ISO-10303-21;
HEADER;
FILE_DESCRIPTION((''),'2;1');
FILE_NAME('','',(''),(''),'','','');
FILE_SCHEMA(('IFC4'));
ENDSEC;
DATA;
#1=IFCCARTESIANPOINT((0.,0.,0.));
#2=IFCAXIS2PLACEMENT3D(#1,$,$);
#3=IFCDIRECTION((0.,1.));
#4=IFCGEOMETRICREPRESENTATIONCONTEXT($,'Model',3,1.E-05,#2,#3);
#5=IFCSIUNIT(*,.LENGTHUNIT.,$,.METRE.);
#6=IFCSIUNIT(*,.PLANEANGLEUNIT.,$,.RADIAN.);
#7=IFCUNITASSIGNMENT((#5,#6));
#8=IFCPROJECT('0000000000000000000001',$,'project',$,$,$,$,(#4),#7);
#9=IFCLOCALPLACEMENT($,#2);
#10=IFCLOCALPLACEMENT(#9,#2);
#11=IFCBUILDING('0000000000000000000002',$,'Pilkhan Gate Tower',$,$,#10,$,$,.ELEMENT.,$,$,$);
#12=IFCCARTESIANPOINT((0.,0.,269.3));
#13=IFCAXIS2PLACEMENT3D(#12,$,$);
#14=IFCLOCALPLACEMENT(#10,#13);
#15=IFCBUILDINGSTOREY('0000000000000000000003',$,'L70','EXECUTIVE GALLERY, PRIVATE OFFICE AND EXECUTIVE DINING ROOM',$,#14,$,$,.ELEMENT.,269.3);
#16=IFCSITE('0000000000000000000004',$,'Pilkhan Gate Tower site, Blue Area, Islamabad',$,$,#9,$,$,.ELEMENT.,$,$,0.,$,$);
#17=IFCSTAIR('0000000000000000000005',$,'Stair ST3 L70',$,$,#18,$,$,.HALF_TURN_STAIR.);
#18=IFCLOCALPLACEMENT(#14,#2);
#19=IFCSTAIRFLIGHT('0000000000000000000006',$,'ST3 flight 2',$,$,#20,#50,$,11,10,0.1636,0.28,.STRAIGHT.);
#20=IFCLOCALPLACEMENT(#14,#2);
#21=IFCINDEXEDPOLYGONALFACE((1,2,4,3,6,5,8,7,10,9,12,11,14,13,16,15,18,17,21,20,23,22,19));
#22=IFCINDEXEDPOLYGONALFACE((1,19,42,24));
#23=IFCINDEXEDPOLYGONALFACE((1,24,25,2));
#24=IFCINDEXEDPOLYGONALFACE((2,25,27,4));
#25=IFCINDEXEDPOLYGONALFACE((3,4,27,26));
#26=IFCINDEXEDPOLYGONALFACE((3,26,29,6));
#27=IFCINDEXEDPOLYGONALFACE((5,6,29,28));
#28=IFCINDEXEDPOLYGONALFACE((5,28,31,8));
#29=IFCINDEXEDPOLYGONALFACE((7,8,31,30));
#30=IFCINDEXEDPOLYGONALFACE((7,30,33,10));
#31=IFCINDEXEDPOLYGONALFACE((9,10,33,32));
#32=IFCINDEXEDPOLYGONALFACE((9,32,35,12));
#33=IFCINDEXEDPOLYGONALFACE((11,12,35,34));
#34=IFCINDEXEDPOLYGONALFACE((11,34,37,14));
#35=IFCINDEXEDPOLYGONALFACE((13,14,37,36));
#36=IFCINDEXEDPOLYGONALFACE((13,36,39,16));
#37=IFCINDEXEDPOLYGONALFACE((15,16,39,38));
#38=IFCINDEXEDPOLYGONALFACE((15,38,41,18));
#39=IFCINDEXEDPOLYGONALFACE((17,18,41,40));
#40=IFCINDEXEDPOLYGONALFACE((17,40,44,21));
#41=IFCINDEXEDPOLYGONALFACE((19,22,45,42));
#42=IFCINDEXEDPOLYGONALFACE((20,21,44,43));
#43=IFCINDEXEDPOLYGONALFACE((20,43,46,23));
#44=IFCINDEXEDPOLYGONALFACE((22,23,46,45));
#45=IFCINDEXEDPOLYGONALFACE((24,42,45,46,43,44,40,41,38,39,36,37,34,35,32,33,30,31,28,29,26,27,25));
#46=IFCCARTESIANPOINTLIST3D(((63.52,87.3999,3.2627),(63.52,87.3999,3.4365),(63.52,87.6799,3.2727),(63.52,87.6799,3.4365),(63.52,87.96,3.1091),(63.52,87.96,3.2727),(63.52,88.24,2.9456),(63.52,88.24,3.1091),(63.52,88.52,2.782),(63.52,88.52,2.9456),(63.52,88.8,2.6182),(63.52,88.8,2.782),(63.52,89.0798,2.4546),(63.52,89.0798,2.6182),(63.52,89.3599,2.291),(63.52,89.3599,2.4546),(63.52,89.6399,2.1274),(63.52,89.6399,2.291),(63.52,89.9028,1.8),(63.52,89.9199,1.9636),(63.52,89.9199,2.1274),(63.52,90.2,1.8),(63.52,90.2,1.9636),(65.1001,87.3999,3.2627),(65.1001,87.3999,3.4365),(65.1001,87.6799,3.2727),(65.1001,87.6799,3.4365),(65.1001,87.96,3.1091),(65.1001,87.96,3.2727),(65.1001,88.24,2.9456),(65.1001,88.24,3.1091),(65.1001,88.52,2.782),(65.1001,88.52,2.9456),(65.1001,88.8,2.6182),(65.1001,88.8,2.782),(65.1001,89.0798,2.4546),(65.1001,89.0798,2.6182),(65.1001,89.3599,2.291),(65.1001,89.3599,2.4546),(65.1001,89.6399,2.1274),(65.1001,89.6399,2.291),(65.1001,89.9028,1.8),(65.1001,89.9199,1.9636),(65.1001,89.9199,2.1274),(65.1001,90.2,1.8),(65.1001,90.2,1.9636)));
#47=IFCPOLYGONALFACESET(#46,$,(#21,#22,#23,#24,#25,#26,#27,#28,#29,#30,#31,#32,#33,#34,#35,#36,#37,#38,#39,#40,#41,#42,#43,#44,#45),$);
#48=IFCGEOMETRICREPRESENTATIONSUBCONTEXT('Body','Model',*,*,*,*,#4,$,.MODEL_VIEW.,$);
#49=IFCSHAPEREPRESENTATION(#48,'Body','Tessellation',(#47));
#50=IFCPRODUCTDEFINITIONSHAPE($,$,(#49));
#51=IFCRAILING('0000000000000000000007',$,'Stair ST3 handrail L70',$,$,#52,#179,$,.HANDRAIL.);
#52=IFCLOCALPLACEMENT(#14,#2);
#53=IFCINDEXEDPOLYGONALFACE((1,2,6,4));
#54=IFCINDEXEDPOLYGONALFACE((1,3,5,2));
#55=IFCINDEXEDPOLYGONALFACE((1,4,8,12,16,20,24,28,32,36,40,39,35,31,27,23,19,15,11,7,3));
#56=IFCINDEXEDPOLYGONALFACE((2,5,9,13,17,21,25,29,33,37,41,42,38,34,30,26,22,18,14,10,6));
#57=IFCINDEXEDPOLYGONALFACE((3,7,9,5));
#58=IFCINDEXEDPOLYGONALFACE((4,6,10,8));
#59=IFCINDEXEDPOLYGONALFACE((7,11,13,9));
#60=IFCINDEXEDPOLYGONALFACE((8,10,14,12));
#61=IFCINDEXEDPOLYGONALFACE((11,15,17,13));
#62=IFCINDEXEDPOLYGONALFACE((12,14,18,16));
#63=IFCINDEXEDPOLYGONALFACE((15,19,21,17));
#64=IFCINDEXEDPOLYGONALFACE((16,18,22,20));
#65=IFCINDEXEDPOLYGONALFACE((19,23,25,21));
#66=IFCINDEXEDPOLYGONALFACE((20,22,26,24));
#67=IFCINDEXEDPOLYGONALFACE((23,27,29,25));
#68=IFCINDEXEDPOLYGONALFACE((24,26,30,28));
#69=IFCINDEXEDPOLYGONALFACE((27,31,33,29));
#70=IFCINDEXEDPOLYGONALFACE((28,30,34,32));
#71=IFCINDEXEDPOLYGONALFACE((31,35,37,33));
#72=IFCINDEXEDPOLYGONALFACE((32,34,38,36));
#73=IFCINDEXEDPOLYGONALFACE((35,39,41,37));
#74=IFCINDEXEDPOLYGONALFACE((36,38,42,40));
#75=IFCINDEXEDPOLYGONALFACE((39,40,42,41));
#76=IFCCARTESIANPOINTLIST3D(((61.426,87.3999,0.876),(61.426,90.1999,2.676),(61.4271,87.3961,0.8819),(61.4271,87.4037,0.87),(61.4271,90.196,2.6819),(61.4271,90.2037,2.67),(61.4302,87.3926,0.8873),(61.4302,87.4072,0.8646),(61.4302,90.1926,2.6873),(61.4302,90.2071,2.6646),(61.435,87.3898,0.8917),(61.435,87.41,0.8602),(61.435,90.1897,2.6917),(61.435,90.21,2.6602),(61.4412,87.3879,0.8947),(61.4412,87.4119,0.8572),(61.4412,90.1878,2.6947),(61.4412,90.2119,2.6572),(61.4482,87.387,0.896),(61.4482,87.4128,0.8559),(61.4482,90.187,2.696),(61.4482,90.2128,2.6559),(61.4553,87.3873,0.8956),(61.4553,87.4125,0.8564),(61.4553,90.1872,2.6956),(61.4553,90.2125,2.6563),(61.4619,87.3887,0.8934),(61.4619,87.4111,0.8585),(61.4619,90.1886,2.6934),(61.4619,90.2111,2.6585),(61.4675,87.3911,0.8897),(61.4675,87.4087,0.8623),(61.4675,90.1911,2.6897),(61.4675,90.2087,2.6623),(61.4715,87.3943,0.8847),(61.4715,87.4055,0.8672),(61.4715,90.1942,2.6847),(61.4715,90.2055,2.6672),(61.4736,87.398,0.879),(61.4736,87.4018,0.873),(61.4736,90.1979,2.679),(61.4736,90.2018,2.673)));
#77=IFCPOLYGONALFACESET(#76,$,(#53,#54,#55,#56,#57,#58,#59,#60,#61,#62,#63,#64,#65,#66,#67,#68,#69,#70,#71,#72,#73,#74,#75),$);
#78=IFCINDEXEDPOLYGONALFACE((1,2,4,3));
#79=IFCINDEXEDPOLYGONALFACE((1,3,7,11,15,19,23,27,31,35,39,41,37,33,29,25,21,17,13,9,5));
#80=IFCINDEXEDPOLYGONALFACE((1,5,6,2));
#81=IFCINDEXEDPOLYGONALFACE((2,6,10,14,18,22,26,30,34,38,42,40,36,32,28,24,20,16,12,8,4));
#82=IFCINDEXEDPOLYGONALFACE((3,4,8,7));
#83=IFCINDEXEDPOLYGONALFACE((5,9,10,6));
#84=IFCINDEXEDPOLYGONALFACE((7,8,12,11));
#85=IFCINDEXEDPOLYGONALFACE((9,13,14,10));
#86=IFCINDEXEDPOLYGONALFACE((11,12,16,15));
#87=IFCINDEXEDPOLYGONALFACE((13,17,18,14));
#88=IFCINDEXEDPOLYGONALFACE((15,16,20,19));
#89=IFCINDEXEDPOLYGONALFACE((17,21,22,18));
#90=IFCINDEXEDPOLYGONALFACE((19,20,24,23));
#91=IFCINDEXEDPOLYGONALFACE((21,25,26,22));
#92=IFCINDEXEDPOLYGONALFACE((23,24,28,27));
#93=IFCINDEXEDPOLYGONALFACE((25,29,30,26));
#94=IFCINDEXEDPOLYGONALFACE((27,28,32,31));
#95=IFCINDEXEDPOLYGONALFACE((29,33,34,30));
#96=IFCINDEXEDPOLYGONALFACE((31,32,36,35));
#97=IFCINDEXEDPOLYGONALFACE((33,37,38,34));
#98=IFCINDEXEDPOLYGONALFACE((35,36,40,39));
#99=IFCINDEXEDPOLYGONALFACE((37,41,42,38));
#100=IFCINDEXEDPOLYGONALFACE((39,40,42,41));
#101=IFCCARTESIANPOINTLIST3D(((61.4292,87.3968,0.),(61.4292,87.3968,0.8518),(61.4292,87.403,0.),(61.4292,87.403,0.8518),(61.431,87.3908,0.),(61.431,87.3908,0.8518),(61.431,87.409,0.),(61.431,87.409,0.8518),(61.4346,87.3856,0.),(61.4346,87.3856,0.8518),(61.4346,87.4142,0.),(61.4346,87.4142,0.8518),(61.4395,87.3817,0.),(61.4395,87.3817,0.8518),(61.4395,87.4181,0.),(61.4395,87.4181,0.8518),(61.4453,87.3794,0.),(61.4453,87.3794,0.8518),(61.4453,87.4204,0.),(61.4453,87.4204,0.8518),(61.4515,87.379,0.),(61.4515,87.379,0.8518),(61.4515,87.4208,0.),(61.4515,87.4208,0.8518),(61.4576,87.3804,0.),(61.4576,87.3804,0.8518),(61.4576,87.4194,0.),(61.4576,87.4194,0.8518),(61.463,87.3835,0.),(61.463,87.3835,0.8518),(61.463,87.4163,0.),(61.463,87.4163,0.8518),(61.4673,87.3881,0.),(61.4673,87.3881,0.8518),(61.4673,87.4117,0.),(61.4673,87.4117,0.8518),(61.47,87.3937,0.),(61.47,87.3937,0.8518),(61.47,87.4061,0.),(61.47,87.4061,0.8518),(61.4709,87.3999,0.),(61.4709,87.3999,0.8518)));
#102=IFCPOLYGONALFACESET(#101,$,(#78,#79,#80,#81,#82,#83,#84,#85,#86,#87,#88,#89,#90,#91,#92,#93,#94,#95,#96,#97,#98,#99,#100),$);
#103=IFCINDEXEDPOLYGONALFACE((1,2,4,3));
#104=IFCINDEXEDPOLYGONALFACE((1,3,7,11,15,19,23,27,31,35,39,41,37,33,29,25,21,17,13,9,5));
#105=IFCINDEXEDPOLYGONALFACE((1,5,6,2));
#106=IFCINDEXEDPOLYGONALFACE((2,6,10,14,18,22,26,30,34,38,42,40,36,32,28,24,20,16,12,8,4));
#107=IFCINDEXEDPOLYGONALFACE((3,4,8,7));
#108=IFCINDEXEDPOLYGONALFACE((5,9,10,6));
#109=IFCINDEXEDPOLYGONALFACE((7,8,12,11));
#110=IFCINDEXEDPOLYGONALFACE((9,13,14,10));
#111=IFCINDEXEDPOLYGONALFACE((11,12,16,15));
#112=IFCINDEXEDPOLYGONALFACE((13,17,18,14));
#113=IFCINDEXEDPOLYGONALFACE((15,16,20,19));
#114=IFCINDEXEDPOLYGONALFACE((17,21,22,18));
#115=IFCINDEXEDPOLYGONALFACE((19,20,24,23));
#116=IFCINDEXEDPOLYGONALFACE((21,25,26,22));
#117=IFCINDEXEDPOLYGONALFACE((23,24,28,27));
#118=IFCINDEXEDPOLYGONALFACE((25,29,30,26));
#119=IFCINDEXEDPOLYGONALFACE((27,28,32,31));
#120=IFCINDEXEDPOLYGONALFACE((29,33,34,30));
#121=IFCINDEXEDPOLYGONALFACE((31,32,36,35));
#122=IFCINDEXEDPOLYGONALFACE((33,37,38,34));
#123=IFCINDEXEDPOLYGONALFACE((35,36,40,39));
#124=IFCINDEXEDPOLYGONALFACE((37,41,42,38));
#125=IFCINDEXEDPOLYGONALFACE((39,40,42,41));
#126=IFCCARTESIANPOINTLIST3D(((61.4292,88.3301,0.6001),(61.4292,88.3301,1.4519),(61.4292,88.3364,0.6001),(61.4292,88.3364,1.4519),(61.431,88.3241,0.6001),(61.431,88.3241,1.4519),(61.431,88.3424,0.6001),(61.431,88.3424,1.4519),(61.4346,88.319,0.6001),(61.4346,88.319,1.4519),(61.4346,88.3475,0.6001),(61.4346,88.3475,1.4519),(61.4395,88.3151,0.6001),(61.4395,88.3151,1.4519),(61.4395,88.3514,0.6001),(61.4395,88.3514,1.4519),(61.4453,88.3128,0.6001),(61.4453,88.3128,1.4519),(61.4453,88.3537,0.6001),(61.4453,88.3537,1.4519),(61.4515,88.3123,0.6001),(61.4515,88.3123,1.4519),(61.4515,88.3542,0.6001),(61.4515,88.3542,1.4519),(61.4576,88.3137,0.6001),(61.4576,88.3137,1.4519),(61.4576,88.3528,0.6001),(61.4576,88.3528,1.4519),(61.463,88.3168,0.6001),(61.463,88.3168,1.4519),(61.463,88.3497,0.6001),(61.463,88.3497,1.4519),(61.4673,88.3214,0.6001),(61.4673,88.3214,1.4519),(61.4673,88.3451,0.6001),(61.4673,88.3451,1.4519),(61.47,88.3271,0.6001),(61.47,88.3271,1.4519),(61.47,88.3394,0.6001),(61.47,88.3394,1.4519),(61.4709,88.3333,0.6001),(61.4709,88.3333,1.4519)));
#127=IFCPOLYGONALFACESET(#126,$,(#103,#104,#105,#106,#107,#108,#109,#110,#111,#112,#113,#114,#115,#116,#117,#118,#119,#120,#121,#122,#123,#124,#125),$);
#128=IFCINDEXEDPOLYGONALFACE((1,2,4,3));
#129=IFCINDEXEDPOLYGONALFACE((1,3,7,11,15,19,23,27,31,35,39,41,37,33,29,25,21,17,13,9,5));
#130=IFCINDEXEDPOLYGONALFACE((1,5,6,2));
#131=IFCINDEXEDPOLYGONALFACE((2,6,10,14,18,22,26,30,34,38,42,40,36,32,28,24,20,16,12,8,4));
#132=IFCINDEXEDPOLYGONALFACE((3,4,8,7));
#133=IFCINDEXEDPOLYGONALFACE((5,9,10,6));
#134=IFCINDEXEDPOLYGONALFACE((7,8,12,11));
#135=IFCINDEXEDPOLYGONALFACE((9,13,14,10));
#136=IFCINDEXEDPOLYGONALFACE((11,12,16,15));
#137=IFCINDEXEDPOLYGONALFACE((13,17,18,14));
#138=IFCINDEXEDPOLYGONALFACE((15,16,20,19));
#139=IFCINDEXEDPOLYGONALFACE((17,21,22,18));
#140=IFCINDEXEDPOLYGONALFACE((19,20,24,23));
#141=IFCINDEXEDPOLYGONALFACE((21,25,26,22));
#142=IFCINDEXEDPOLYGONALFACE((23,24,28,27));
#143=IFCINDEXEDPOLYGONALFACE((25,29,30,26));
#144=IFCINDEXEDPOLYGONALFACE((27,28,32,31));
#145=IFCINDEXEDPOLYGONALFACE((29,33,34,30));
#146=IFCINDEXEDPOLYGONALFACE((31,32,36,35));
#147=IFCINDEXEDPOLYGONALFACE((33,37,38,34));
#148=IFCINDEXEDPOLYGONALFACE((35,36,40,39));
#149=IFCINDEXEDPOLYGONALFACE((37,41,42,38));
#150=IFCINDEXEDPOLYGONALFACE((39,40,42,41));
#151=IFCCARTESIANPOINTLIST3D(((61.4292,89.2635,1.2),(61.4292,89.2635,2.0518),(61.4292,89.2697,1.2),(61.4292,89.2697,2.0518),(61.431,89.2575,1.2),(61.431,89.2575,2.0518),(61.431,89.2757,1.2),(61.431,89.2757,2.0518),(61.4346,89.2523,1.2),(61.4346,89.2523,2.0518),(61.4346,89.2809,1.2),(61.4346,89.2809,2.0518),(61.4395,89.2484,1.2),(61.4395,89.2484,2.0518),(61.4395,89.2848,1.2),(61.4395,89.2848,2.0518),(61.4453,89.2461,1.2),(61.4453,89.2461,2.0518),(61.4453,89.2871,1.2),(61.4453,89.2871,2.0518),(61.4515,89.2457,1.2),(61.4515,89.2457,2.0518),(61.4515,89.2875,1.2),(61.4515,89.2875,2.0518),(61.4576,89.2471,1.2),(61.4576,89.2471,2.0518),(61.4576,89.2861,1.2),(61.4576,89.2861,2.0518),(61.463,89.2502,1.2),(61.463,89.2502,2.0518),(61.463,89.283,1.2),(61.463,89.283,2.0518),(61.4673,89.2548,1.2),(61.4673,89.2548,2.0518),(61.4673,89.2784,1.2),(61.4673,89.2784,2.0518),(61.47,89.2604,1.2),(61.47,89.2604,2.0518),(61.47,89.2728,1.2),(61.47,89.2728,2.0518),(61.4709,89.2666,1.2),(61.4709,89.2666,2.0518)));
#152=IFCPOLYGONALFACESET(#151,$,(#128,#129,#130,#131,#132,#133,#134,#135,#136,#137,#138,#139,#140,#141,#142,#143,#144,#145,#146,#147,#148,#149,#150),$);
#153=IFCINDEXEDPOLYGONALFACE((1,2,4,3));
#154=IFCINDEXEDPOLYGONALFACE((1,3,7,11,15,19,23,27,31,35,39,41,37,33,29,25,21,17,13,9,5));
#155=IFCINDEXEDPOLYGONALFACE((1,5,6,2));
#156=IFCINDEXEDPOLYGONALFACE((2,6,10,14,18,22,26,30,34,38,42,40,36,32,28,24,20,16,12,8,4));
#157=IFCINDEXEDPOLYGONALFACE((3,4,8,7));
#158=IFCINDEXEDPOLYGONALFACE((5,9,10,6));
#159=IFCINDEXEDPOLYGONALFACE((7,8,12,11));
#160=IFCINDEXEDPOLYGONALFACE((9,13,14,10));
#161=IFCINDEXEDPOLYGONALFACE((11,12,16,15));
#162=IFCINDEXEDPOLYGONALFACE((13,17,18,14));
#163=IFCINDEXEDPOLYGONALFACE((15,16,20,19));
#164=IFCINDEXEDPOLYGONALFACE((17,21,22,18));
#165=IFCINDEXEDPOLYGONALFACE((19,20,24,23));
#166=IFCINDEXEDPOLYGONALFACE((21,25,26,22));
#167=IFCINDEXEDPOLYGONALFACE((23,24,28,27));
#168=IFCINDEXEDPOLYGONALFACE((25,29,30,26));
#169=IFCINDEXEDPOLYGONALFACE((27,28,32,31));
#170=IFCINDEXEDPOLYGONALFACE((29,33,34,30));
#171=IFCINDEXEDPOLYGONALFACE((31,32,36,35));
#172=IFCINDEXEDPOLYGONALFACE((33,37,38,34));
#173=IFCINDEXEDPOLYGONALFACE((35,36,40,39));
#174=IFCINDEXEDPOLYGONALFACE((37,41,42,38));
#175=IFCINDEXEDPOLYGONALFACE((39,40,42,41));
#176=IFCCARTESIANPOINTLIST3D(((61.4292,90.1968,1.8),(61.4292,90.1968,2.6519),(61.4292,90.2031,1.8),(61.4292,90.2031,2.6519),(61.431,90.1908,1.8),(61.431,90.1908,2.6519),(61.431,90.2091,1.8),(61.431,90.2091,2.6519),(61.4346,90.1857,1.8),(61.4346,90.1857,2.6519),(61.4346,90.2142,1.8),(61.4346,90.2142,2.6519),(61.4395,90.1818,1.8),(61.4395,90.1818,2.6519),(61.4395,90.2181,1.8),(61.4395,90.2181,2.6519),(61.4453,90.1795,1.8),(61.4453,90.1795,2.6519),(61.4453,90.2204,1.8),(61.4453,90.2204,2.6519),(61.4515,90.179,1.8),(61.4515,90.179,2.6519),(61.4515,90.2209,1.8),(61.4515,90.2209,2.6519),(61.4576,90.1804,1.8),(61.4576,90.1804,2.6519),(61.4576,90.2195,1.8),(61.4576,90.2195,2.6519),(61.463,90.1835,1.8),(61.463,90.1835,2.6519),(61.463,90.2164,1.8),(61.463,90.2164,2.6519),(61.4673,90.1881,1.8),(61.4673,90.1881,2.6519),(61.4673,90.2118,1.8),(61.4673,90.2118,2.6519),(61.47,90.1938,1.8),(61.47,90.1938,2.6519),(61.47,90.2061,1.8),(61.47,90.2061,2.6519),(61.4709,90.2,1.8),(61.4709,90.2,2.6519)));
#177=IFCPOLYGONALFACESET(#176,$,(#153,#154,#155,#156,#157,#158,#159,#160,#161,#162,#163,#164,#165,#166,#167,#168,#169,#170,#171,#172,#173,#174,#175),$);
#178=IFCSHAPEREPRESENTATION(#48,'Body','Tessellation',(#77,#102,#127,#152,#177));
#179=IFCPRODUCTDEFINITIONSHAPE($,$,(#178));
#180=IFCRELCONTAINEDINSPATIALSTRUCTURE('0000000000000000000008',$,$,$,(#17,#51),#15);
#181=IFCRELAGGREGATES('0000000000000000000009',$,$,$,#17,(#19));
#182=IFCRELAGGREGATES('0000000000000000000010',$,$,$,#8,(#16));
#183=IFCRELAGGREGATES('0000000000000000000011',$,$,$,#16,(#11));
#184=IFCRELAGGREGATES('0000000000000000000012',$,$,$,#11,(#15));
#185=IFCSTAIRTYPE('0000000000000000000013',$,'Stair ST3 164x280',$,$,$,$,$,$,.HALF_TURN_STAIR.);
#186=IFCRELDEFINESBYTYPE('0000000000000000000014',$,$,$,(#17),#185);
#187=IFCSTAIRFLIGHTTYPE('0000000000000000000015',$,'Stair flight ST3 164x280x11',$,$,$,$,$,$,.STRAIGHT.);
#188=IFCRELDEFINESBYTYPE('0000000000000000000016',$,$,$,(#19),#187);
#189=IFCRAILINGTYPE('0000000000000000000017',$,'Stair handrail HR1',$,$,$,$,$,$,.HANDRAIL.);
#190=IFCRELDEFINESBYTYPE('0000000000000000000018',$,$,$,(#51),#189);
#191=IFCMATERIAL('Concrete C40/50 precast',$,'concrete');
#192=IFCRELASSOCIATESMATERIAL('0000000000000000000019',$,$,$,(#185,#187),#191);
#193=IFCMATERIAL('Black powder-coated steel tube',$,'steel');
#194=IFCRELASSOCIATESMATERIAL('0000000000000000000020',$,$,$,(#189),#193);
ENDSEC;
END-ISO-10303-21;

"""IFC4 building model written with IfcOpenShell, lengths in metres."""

from ifc_helpers import new_model, si_unit, direction, frame, origin, origin_2d, place, context, subcontext, project, spatial, polyline, circle, outline, extrude, material, type_object, element, aggregate, save


model = new_model("IFC4")

# Units and contexts
model_context = context("Model", 3, precision=1e-05, world=origin(), true_north=direction((0.0, 1.0)))
body_context = subcontext(model_context, "Body", "Model", "MODEL_VIEW")
ifc_project = project(units=[si_unit("LENGTHUNIT", "METRE"), si_unit("PLANEANGLEUNIT", "RADIAN")], contexts=[model_context])

# Site, building, storey
site_placement = place(None, origin())
site = spatial("IfcSite", under=ifc_project, at=site_placement, Name="Pilkhan Gate Tower site, Blue Area, Islamabad", CompositionType="ELEMENT", RefElevation=0.0)
building_placement = place(site_placement, origin())
building = spatial("IfcBuilding", under=site, at=building_placement, Name="Pilkhan Gate Tower", CompositionType="ELEMENT")
storey_placement = place(building_placement, frame((0.0, 0.0, 269.3)))
storey = spatial("IfcBuildingStorey", under=building, at=storey_placement, Name="L70", Description="EXECUTIVE GALLERY, PRIVATE OFFICE AND EXECUTIVE DINING ROOM", CompositionType="ELEMENT", Elevation=269.3)

# Stair, stair flight
ifc_material_1 = material(Name="Concrete C40/50 precast", Category="concrete")
stair_type = type_object("IfcStairType", Name="Stair ST3 164x280", PredefinedType="HALF_TURN_STAIR", material=ifc_material_1)
stair_placement = place(storey_placement, origin())
stair = element("IfcStair", 1, at=stair_placement, inside=storey, type_object=stair_type, Name="Stair ST3 L70", PredefinedType="HALF_TURN_STAIR")
stair_flight_type = type_object("IfcStairFlightType", Name="Stair flight ST3 164x280x11", PredefinedType="STRAIGHT", material=ifc_material_1)
stair_flight_1_placement = place(storey_placement, frame((64.3101, 90.2, 1.8), z_axis=(0.0, 0.0, 1.0), x_axis=(0.0, -1.0, 0.0)))
stair_flight_1 = element("IfcStairFlight", 2, at=stair_flight_1_placement, type_object=stair_flight_type, Name="ST3 flight 2", NumberOfRisers=11, NumberOfTreads=10, PredefinedType="STRAIGHT", RiserHeight=0.1636, TreadLength=0.28, context=body_context, shape_type="SweptSolid", body=[
    extrude(outline(polyline([(0.0, 0.0), (0.0, 0.1636), (0.28, 0.1636), (0.28, 0.3274), (0.5601, 0.3274), (0.5601, 0.491), (0.8401, 0.491), (0.8401, 0.6545), (1.1201, 0.6545), (1.1201, 0.8181), (1.3999, 0.8181), (1.3999, 0.9819), (1.6799, 0.9819), (1.6799, 1.1455), (1.96, 1.1455), (1.96, 1.3091), (2.24, 1.3091), (2.24, 1.4727), (2.52, 1.4727), (2.52, 1.6365), (2.8, 1.6365), (2.8, 1.8), (2.8, 1.4626), (0.2971, 0.0), (0.0, 0.0)])), frame((0.0, 0.79, 0.0), z_axis=(0.0, -1.0, 0.0), x_axis=(1.0, 0.0, 0.0)), (0.0, 0.0, 1.0), 1.5801),
])
aggregate(stair, [stair_flight_1])

# Railing
ifc_material_2 = material(Name="Black powder-coated steel tube", Category="steel")
railing_type_1 = type_object("IfcRailingType", Name="Stair handrail HR1", PredefinedType="HANDRAIL", material=ifc_material_2)
railing_1_placement = place(storey_placement, frame((61.45, 87.3999, 0.0)))
element("IfcRailing", 3, at=railing_1_placement, inside=storey, type_object=railing_type_1, Name="Stair ST3 handrail L70", PredefinedType="HANDRAIL", context=body_context, shape_type="SweptSolid", body=[
    extrude(circle(Radius=0.0239, at=origin_2d()), frame((0.0, 0.0, 0.876), z_axis=(0.0, 0.841176, 0.540761), x_axis=(-1.0, 0.0, 0.0)), (0.0, 0.0, 1.0), 3.3286),
    extrude(circle(Radius=0.021, at=origin_2d()), origin(), (0.0, 0.0, 1.0), 0.8518),
    extrude(circle(Radius=0.021, at=origin_2d()), frame((0.0, 0.9333, 0.6001)), (0.0, 0.0, 1.0), 0.8518),
    extrude(circle(Radius=0.021, at=origin_2d()), frame((0.0, 1.8667, 1.2)), (0.0, 0.0, 1.0), 0.8518),
    extrude(circle(Radius=0.021, at=origin_2d()), frame((0.0, 2.8, 1.8)), (0.0, 0.0, 1.0), 0.8518),
])

save(model, "model.ifc")
